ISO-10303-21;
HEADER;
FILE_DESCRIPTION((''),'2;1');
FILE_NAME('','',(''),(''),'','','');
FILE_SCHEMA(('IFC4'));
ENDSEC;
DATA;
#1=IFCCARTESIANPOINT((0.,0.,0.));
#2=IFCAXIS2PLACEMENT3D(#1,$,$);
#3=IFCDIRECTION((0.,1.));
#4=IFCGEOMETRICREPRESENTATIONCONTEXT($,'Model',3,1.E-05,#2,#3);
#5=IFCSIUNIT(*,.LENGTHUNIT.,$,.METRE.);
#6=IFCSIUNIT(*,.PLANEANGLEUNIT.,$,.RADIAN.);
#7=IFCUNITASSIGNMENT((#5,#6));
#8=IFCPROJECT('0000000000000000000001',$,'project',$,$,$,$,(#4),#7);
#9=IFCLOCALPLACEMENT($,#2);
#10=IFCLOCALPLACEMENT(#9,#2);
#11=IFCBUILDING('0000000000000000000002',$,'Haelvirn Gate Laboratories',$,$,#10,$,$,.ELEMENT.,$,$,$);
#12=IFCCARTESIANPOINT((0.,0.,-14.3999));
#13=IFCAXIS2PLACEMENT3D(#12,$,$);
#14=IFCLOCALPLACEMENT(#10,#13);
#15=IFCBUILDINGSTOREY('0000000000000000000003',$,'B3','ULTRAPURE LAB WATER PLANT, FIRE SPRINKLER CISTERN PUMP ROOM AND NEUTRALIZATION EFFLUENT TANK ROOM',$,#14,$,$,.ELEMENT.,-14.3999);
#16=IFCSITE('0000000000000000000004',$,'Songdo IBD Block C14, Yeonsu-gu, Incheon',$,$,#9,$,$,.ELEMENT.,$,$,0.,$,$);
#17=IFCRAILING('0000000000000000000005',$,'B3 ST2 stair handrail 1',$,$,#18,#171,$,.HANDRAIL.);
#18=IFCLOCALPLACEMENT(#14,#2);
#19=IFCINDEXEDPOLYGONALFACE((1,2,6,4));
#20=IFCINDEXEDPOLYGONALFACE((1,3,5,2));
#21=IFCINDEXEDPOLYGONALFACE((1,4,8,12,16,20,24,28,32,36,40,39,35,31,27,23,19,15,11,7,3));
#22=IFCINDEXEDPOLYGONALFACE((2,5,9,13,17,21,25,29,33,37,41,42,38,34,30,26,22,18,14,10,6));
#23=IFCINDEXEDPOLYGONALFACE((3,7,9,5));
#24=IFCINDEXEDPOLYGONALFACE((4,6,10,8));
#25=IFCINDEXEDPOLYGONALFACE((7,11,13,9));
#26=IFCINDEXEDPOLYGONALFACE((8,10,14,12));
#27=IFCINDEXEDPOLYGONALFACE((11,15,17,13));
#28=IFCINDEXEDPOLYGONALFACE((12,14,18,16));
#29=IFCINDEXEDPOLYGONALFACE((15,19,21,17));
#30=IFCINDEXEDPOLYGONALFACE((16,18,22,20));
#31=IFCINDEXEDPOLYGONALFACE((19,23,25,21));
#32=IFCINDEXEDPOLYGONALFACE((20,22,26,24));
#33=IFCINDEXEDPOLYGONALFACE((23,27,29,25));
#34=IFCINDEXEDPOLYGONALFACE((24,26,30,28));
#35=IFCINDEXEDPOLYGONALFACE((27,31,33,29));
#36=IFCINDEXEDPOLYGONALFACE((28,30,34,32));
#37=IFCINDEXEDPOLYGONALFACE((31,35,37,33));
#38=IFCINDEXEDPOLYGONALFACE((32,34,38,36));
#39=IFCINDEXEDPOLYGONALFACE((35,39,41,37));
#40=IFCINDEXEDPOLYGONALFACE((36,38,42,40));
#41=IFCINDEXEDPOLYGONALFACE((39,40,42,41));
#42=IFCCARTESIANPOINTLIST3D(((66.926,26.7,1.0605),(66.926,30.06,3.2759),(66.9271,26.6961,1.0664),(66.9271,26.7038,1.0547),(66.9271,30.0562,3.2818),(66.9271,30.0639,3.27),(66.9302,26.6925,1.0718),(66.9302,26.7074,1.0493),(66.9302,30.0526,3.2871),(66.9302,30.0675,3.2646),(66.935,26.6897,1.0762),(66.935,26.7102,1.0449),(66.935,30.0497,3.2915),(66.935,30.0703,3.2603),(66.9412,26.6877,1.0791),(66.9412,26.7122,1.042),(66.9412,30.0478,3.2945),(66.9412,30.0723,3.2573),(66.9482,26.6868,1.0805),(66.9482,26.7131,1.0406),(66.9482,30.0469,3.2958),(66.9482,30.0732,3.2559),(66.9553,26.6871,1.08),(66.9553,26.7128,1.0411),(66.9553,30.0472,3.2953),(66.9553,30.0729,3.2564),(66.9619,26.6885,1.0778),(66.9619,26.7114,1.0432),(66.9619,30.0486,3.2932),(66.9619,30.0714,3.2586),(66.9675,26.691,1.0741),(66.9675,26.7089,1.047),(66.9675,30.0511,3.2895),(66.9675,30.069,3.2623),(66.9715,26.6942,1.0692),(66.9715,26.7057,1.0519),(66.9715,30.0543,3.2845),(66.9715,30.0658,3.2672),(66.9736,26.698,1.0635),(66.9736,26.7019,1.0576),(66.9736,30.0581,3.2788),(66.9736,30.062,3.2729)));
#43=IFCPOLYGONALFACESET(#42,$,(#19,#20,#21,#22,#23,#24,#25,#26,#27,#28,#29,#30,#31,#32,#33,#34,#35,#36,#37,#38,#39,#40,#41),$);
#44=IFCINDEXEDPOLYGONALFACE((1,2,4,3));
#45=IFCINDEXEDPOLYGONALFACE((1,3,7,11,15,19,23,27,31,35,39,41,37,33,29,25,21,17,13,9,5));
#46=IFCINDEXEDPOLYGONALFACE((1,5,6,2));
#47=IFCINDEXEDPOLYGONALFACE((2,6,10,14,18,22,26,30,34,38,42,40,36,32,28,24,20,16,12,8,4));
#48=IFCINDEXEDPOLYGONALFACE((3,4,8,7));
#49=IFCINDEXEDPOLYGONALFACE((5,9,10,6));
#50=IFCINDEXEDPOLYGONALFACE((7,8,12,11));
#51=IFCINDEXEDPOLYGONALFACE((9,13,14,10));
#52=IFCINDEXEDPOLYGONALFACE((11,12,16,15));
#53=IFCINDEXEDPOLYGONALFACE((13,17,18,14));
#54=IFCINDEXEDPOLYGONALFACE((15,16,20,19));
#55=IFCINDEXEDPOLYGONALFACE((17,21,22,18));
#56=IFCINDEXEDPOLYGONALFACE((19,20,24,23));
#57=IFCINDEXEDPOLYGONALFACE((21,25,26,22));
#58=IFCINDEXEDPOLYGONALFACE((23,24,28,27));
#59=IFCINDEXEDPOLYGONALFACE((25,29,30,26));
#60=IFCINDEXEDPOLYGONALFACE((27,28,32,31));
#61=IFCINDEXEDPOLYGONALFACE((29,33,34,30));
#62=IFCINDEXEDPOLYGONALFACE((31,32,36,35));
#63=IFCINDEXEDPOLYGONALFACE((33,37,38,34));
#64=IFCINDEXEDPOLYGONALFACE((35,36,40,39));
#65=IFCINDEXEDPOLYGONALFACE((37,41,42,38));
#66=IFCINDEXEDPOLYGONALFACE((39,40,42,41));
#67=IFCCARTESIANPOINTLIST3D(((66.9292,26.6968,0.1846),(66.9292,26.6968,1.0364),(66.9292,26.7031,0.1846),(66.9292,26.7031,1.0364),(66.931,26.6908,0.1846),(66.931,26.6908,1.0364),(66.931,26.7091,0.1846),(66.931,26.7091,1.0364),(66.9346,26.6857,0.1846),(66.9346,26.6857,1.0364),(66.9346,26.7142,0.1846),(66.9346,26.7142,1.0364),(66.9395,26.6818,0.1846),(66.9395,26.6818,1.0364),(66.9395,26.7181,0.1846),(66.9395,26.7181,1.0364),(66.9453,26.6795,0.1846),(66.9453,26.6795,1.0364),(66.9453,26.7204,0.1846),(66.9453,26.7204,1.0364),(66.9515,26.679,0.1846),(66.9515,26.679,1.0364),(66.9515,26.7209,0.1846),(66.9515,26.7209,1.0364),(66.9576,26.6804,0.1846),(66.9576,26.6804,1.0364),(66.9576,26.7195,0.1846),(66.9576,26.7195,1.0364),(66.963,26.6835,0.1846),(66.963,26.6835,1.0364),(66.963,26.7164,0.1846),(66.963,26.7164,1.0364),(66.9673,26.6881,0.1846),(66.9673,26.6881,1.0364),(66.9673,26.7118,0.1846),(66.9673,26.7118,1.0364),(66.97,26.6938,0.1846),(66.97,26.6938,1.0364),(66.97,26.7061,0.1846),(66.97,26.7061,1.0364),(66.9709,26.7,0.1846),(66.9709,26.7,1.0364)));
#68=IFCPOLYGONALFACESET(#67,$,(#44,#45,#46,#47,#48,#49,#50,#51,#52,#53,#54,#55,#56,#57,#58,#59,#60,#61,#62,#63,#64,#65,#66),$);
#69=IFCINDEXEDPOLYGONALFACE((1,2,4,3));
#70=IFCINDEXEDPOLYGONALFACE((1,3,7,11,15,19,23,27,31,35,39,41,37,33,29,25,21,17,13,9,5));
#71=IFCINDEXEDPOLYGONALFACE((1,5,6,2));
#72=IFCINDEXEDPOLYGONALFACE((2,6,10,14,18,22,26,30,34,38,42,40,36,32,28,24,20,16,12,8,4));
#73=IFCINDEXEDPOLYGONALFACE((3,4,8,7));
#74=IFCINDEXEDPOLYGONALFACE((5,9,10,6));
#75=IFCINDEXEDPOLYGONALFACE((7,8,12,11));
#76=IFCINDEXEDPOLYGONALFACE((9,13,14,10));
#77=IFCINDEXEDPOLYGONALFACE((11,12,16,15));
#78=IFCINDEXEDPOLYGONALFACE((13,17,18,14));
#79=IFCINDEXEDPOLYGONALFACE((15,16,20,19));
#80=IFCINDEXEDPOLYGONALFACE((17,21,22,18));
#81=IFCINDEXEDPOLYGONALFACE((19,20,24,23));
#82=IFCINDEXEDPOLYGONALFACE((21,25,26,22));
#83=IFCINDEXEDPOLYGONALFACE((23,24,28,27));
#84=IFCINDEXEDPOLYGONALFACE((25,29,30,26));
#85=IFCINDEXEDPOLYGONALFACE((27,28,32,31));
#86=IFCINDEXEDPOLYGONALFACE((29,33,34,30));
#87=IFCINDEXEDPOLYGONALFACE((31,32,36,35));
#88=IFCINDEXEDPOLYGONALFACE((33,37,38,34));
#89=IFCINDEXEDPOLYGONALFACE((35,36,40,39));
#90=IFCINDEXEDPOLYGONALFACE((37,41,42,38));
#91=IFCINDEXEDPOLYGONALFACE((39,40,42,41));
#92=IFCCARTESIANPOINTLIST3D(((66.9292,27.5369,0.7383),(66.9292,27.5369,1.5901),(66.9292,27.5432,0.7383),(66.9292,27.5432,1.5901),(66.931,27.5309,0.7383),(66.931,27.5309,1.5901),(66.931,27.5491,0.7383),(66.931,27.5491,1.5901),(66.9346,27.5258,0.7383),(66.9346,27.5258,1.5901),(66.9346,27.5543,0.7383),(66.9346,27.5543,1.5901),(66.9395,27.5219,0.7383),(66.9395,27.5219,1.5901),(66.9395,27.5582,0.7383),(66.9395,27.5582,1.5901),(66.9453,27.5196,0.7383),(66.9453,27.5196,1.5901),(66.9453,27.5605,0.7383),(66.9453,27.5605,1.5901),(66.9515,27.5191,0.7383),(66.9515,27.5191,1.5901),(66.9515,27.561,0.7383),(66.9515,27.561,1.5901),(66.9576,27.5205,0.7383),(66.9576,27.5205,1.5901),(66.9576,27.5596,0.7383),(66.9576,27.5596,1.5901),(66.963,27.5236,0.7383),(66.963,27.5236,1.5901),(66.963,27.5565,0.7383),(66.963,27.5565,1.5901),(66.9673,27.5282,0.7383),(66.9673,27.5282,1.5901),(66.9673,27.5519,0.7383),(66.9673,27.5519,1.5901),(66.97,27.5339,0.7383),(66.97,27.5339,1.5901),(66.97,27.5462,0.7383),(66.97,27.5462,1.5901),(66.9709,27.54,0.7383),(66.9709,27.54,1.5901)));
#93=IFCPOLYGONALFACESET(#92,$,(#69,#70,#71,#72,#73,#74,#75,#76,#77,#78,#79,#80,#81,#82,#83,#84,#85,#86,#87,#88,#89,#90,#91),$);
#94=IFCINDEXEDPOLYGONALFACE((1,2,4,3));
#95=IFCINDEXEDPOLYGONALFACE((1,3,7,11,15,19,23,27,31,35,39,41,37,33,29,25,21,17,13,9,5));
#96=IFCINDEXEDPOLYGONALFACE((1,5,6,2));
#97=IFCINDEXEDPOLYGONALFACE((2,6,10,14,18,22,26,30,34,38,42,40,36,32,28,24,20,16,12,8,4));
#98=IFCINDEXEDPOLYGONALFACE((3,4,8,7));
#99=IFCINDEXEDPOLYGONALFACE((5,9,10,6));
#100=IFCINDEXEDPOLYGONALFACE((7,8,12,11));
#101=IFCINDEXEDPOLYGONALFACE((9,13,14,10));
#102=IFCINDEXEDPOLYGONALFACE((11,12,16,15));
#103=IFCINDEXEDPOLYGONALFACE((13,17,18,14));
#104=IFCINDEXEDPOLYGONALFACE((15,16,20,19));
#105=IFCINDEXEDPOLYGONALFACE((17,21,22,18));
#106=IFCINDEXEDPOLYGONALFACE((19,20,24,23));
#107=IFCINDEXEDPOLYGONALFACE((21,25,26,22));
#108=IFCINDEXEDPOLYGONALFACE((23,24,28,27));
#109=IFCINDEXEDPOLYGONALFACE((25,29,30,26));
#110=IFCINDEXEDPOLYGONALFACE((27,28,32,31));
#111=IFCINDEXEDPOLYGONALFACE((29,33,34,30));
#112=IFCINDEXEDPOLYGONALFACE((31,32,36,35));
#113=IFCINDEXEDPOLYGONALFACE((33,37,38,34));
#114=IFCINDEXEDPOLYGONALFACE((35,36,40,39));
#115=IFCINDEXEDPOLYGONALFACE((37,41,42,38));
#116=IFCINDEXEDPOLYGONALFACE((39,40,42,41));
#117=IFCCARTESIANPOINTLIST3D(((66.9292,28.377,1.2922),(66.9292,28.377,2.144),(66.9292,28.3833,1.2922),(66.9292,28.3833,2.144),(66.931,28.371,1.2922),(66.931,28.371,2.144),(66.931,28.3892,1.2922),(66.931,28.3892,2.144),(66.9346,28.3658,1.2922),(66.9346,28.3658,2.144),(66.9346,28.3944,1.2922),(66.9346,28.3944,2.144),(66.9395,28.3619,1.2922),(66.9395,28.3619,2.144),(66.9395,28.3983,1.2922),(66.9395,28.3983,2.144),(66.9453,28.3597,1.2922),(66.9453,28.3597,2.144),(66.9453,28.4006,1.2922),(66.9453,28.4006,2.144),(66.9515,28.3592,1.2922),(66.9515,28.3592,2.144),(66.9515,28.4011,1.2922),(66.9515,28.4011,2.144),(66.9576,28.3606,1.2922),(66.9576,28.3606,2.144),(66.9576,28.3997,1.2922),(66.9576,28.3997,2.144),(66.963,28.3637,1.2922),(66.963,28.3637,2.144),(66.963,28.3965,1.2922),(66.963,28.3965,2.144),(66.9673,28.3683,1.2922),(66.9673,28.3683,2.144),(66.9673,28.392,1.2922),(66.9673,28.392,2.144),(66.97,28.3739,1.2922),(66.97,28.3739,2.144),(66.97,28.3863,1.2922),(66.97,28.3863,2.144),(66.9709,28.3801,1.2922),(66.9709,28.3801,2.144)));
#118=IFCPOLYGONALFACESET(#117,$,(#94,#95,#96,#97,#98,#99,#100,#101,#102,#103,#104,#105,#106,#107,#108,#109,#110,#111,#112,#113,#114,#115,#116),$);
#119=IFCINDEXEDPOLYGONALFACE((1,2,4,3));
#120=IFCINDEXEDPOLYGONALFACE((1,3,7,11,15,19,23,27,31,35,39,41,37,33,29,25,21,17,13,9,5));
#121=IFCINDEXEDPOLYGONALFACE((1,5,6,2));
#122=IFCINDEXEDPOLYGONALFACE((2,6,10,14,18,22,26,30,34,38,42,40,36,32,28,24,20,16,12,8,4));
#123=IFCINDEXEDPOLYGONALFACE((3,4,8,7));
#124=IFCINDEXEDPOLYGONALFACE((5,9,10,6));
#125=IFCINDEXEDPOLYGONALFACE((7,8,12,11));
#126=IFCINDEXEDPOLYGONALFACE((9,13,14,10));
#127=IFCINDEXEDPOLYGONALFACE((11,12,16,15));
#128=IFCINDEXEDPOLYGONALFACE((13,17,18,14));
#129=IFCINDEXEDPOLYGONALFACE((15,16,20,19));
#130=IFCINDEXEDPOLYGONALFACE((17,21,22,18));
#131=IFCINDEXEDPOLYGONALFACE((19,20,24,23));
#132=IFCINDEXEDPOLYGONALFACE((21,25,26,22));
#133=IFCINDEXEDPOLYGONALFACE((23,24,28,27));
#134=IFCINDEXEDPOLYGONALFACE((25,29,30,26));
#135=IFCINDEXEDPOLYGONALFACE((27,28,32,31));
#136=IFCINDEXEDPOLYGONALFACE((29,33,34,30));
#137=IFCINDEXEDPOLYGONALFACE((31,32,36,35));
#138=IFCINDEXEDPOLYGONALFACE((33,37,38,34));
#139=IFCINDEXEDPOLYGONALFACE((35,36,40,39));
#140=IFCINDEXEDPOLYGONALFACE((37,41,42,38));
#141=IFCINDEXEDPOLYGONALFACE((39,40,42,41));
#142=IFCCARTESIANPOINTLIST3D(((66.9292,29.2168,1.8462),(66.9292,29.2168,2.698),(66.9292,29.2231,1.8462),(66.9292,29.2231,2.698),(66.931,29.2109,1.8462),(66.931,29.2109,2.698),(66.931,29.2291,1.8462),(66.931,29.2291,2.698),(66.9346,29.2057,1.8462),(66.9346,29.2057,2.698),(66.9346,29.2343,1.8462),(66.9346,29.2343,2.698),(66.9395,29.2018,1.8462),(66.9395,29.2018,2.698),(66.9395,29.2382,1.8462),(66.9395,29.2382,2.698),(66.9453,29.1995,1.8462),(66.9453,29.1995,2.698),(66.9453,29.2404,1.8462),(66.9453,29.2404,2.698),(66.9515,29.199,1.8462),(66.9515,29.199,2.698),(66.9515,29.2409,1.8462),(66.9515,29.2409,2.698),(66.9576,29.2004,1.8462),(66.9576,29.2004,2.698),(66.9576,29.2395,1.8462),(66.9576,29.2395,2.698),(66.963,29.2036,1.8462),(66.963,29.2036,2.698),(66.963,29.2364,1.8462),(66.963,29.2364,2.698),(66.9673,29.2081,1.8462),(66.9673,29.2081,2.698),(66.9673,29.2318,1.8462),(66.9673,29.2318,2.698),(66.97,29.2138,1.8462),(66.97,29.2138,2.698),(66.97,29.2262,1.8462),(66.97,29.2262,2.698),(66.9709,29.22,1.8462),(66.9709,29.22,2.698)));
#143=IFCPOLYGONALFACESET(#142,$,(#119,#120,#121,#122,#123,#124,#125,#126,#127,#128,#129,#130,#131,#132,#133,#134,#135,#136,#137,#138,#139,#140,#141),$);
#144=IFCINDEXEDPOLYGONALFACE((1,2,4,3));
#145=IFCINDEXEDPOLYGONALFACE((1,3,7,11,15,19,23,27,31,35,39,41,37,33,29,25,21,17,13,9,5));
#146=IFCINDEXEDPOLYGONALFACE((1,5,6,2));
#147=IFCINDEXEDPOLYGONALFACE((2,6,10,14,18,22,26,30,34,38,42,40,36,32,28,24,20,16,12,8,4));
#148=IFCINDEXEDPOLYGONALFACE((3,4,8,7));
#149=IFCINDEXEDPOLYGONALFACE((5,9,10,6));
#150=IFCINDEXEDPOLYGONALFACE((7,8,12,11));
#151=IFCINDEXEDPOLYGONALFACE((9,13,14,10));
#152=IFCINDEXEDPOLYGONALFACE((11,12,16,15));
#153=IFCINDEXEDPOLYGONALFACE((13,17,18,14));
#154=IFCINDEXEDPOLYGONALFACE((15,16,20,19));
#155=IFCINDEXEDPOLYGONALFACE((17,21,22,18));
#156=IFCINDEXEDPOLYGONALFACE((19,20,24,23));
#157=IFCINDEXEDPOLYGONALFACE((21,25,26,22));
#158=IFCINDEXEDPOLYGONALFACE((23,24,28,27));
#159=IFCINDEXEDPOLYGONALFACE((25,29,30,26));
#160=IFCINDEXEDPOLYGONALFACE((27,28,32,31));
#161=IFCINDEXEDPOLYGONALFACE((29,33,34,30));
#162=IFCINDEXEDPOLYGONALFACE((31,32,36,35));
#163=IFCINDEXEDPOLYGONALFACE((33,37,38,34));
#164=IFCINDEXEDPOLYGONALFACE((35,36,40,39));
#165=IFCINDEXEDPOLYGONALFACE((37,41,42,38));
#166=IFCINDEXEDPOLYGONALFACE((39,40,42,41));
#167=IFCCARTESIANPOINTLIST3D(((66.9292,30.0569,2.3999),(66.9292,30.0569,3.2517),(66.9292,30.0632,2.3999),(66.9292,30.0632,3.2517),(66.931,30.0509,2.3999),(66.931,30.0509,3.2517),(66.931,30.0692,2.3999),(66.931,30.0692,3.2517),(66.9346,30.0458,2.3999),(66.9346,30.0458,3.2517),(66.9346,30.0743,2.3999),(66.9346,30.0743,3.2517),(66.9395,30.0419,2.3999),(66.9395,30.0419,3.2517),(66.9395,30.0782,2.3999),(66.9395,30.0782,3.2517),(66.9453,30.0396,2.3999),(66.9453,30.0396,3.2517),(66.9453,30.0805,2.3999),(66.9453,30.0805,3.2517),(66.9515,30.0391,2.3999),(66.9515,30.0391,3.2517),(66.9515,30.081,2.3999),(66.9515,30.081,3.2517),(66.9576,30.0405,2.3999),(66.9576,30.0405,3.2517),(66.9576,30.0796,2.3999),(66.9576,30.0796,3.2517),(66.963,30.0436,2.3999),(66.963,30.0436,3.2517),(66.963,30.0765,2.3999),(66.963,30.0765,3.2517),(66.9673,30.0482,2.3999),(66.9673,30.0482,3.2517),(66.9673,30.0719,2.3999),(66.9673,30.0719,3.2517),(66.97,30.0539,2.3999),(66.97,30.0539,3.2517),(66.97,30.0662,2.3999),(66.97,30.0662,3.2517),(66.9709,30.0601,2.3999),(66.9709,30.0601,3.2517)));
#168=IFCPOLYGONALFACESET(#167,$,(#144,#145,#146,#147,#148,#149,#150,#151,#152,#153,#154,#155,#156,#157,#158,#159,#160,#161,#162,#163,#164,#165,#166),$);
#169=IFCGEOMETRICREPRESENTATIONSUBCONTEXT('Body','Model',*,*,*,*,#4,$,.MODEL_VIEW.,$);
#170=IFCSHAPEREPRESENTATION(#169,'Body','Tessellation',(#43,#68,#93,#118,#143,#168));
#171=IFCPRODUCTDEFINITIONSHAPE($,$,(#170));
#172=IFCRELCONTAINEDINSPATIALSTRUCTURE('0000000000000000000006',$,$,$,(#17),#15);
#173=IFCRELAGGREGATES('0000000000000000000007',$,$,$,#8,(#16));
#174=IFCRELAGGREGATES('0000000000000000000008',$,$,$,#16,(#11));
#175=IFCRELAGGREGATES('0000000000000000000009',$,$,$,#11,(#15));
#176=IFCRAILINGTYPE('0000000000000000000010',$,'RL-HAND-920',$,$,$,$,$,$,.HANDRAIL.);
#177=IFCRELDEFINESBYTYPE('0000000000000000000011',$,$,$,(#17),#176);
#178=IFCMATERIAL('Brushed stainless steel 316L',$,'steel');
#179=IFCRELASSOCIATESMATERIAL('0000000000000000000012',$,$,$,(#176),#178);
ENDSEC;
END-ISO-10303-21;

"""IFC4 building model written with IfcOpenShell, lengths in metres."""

from ifc_helpers import new_model, si_unit, direction, frame, origin, origin_2d, place, context, subcontext, project, spatial, circle, extrude, source, transform, mapped, material, type_object, element, save


model = new_model("IFC4")

# Units and contexts
model_context = context("Model", 3, precision=1e-05, world=origin(), true_north=direction((0.0, 1.0)))
body_context = subcontext(model_context, "Body", "Model", "MODEL_VIEW")
ifc_project = project(units=[si_unit("LENGTHUNIT", "METRE"), si_unit("PLANEANGLEUNIT", "RADIAN")], contexts=[model_context])

# Site, building, storey
site_placement = place(None, origin())
site = spatial("IfcSite", under=ifc_project, at=site_placement, Name="Songdo IBD Block C14, Yeonsu-gu, Incheon", CompositionType="ELEMENT", RefElevation=0.0)
building_placement = place(site_placement, origin())
building = spatial("IfcBuilding", under=site, at=building_placement, Name="Haelvirn Gate Laboratories", CompositionType="ELEMENT")
storey_placement = place(building_placement, frame((0.0, 0.0, -14.3999)))
storey = spatial("IfcBuildingStorey", under=building, at=storey_placement, Name="B3", Description="ULTRAPURE LAB WATER PLANT, FIRE SPRINKLER CISTERN PUMP ROOM AND NEUTRALIZATION EFFLUENT TANK ROOM", CompositionType="ELEMENT", Elevation=-14.3999)

# Railing
ifc_material_1 = material(Name="Brushed stainless steel 316L", Category="steel")
railing_type_1 = type_object("IfcRailingType", Name="RL-HAND-920", PredefinedType="HANDRAIL", material=ifc_material_1)
shared_shape_1 = source(origin(), body_context, "Body", "SweptSolid", [
    extrude(circle(Radius=0.0239, at=origin_2d()), frame((0.0, 0.0, 0.876), z_axis=(0.0, 0.834876, 0.550437), x_axis=(-1.0, 0.0, 0.0)), (0.0, 0.0, 1.0), 4.0247),
    extrude(circle(Radius=0.021, at=origin_2d()), origin(), (0.0, 0.0, 1.0), 0.8518),
    extrude(circle(Radius=0.021, at=origin_2d()), frame((0.0, 0.8401, 0.5537)), (0.0, 0.0, 1.0), 0.8518),
    extrude(circle(Radius=0.021, at=origin_2d()), frame((0.0, 1.6802, 1.1077)), (0.0, 0.0, 1.0), 0.8518),
    extrude(circle(Radius=0.021, at=origin_2d()), frame((0.0, 2.52, 1.6616)), (0.0, 0.0, 1.0), 0.8518),
    extrude(circle(Radius=0.021, at=origin_2d()), frame((0.0, 3.3601, 2.2153)), (0.0, 0.0, 1.0), 0.8518),
])
railing_1_placement = place(storey_placement, frame((66.95, 26.7, 0.1846)))
element("IfcRailing", 1, at=railing_1_placement, inside=storey, type_object=railing_type_1, Name="B3 ST2 stair handrail 1", PredefinedType="HANDRAIL", context=body_context, shape_type="MappedRepresentation", body=[
    mapped(shared_shape_1, transform((0.0, 0.0, 0.0), scale=1.0)),
])

save(model, "model.ifc")
